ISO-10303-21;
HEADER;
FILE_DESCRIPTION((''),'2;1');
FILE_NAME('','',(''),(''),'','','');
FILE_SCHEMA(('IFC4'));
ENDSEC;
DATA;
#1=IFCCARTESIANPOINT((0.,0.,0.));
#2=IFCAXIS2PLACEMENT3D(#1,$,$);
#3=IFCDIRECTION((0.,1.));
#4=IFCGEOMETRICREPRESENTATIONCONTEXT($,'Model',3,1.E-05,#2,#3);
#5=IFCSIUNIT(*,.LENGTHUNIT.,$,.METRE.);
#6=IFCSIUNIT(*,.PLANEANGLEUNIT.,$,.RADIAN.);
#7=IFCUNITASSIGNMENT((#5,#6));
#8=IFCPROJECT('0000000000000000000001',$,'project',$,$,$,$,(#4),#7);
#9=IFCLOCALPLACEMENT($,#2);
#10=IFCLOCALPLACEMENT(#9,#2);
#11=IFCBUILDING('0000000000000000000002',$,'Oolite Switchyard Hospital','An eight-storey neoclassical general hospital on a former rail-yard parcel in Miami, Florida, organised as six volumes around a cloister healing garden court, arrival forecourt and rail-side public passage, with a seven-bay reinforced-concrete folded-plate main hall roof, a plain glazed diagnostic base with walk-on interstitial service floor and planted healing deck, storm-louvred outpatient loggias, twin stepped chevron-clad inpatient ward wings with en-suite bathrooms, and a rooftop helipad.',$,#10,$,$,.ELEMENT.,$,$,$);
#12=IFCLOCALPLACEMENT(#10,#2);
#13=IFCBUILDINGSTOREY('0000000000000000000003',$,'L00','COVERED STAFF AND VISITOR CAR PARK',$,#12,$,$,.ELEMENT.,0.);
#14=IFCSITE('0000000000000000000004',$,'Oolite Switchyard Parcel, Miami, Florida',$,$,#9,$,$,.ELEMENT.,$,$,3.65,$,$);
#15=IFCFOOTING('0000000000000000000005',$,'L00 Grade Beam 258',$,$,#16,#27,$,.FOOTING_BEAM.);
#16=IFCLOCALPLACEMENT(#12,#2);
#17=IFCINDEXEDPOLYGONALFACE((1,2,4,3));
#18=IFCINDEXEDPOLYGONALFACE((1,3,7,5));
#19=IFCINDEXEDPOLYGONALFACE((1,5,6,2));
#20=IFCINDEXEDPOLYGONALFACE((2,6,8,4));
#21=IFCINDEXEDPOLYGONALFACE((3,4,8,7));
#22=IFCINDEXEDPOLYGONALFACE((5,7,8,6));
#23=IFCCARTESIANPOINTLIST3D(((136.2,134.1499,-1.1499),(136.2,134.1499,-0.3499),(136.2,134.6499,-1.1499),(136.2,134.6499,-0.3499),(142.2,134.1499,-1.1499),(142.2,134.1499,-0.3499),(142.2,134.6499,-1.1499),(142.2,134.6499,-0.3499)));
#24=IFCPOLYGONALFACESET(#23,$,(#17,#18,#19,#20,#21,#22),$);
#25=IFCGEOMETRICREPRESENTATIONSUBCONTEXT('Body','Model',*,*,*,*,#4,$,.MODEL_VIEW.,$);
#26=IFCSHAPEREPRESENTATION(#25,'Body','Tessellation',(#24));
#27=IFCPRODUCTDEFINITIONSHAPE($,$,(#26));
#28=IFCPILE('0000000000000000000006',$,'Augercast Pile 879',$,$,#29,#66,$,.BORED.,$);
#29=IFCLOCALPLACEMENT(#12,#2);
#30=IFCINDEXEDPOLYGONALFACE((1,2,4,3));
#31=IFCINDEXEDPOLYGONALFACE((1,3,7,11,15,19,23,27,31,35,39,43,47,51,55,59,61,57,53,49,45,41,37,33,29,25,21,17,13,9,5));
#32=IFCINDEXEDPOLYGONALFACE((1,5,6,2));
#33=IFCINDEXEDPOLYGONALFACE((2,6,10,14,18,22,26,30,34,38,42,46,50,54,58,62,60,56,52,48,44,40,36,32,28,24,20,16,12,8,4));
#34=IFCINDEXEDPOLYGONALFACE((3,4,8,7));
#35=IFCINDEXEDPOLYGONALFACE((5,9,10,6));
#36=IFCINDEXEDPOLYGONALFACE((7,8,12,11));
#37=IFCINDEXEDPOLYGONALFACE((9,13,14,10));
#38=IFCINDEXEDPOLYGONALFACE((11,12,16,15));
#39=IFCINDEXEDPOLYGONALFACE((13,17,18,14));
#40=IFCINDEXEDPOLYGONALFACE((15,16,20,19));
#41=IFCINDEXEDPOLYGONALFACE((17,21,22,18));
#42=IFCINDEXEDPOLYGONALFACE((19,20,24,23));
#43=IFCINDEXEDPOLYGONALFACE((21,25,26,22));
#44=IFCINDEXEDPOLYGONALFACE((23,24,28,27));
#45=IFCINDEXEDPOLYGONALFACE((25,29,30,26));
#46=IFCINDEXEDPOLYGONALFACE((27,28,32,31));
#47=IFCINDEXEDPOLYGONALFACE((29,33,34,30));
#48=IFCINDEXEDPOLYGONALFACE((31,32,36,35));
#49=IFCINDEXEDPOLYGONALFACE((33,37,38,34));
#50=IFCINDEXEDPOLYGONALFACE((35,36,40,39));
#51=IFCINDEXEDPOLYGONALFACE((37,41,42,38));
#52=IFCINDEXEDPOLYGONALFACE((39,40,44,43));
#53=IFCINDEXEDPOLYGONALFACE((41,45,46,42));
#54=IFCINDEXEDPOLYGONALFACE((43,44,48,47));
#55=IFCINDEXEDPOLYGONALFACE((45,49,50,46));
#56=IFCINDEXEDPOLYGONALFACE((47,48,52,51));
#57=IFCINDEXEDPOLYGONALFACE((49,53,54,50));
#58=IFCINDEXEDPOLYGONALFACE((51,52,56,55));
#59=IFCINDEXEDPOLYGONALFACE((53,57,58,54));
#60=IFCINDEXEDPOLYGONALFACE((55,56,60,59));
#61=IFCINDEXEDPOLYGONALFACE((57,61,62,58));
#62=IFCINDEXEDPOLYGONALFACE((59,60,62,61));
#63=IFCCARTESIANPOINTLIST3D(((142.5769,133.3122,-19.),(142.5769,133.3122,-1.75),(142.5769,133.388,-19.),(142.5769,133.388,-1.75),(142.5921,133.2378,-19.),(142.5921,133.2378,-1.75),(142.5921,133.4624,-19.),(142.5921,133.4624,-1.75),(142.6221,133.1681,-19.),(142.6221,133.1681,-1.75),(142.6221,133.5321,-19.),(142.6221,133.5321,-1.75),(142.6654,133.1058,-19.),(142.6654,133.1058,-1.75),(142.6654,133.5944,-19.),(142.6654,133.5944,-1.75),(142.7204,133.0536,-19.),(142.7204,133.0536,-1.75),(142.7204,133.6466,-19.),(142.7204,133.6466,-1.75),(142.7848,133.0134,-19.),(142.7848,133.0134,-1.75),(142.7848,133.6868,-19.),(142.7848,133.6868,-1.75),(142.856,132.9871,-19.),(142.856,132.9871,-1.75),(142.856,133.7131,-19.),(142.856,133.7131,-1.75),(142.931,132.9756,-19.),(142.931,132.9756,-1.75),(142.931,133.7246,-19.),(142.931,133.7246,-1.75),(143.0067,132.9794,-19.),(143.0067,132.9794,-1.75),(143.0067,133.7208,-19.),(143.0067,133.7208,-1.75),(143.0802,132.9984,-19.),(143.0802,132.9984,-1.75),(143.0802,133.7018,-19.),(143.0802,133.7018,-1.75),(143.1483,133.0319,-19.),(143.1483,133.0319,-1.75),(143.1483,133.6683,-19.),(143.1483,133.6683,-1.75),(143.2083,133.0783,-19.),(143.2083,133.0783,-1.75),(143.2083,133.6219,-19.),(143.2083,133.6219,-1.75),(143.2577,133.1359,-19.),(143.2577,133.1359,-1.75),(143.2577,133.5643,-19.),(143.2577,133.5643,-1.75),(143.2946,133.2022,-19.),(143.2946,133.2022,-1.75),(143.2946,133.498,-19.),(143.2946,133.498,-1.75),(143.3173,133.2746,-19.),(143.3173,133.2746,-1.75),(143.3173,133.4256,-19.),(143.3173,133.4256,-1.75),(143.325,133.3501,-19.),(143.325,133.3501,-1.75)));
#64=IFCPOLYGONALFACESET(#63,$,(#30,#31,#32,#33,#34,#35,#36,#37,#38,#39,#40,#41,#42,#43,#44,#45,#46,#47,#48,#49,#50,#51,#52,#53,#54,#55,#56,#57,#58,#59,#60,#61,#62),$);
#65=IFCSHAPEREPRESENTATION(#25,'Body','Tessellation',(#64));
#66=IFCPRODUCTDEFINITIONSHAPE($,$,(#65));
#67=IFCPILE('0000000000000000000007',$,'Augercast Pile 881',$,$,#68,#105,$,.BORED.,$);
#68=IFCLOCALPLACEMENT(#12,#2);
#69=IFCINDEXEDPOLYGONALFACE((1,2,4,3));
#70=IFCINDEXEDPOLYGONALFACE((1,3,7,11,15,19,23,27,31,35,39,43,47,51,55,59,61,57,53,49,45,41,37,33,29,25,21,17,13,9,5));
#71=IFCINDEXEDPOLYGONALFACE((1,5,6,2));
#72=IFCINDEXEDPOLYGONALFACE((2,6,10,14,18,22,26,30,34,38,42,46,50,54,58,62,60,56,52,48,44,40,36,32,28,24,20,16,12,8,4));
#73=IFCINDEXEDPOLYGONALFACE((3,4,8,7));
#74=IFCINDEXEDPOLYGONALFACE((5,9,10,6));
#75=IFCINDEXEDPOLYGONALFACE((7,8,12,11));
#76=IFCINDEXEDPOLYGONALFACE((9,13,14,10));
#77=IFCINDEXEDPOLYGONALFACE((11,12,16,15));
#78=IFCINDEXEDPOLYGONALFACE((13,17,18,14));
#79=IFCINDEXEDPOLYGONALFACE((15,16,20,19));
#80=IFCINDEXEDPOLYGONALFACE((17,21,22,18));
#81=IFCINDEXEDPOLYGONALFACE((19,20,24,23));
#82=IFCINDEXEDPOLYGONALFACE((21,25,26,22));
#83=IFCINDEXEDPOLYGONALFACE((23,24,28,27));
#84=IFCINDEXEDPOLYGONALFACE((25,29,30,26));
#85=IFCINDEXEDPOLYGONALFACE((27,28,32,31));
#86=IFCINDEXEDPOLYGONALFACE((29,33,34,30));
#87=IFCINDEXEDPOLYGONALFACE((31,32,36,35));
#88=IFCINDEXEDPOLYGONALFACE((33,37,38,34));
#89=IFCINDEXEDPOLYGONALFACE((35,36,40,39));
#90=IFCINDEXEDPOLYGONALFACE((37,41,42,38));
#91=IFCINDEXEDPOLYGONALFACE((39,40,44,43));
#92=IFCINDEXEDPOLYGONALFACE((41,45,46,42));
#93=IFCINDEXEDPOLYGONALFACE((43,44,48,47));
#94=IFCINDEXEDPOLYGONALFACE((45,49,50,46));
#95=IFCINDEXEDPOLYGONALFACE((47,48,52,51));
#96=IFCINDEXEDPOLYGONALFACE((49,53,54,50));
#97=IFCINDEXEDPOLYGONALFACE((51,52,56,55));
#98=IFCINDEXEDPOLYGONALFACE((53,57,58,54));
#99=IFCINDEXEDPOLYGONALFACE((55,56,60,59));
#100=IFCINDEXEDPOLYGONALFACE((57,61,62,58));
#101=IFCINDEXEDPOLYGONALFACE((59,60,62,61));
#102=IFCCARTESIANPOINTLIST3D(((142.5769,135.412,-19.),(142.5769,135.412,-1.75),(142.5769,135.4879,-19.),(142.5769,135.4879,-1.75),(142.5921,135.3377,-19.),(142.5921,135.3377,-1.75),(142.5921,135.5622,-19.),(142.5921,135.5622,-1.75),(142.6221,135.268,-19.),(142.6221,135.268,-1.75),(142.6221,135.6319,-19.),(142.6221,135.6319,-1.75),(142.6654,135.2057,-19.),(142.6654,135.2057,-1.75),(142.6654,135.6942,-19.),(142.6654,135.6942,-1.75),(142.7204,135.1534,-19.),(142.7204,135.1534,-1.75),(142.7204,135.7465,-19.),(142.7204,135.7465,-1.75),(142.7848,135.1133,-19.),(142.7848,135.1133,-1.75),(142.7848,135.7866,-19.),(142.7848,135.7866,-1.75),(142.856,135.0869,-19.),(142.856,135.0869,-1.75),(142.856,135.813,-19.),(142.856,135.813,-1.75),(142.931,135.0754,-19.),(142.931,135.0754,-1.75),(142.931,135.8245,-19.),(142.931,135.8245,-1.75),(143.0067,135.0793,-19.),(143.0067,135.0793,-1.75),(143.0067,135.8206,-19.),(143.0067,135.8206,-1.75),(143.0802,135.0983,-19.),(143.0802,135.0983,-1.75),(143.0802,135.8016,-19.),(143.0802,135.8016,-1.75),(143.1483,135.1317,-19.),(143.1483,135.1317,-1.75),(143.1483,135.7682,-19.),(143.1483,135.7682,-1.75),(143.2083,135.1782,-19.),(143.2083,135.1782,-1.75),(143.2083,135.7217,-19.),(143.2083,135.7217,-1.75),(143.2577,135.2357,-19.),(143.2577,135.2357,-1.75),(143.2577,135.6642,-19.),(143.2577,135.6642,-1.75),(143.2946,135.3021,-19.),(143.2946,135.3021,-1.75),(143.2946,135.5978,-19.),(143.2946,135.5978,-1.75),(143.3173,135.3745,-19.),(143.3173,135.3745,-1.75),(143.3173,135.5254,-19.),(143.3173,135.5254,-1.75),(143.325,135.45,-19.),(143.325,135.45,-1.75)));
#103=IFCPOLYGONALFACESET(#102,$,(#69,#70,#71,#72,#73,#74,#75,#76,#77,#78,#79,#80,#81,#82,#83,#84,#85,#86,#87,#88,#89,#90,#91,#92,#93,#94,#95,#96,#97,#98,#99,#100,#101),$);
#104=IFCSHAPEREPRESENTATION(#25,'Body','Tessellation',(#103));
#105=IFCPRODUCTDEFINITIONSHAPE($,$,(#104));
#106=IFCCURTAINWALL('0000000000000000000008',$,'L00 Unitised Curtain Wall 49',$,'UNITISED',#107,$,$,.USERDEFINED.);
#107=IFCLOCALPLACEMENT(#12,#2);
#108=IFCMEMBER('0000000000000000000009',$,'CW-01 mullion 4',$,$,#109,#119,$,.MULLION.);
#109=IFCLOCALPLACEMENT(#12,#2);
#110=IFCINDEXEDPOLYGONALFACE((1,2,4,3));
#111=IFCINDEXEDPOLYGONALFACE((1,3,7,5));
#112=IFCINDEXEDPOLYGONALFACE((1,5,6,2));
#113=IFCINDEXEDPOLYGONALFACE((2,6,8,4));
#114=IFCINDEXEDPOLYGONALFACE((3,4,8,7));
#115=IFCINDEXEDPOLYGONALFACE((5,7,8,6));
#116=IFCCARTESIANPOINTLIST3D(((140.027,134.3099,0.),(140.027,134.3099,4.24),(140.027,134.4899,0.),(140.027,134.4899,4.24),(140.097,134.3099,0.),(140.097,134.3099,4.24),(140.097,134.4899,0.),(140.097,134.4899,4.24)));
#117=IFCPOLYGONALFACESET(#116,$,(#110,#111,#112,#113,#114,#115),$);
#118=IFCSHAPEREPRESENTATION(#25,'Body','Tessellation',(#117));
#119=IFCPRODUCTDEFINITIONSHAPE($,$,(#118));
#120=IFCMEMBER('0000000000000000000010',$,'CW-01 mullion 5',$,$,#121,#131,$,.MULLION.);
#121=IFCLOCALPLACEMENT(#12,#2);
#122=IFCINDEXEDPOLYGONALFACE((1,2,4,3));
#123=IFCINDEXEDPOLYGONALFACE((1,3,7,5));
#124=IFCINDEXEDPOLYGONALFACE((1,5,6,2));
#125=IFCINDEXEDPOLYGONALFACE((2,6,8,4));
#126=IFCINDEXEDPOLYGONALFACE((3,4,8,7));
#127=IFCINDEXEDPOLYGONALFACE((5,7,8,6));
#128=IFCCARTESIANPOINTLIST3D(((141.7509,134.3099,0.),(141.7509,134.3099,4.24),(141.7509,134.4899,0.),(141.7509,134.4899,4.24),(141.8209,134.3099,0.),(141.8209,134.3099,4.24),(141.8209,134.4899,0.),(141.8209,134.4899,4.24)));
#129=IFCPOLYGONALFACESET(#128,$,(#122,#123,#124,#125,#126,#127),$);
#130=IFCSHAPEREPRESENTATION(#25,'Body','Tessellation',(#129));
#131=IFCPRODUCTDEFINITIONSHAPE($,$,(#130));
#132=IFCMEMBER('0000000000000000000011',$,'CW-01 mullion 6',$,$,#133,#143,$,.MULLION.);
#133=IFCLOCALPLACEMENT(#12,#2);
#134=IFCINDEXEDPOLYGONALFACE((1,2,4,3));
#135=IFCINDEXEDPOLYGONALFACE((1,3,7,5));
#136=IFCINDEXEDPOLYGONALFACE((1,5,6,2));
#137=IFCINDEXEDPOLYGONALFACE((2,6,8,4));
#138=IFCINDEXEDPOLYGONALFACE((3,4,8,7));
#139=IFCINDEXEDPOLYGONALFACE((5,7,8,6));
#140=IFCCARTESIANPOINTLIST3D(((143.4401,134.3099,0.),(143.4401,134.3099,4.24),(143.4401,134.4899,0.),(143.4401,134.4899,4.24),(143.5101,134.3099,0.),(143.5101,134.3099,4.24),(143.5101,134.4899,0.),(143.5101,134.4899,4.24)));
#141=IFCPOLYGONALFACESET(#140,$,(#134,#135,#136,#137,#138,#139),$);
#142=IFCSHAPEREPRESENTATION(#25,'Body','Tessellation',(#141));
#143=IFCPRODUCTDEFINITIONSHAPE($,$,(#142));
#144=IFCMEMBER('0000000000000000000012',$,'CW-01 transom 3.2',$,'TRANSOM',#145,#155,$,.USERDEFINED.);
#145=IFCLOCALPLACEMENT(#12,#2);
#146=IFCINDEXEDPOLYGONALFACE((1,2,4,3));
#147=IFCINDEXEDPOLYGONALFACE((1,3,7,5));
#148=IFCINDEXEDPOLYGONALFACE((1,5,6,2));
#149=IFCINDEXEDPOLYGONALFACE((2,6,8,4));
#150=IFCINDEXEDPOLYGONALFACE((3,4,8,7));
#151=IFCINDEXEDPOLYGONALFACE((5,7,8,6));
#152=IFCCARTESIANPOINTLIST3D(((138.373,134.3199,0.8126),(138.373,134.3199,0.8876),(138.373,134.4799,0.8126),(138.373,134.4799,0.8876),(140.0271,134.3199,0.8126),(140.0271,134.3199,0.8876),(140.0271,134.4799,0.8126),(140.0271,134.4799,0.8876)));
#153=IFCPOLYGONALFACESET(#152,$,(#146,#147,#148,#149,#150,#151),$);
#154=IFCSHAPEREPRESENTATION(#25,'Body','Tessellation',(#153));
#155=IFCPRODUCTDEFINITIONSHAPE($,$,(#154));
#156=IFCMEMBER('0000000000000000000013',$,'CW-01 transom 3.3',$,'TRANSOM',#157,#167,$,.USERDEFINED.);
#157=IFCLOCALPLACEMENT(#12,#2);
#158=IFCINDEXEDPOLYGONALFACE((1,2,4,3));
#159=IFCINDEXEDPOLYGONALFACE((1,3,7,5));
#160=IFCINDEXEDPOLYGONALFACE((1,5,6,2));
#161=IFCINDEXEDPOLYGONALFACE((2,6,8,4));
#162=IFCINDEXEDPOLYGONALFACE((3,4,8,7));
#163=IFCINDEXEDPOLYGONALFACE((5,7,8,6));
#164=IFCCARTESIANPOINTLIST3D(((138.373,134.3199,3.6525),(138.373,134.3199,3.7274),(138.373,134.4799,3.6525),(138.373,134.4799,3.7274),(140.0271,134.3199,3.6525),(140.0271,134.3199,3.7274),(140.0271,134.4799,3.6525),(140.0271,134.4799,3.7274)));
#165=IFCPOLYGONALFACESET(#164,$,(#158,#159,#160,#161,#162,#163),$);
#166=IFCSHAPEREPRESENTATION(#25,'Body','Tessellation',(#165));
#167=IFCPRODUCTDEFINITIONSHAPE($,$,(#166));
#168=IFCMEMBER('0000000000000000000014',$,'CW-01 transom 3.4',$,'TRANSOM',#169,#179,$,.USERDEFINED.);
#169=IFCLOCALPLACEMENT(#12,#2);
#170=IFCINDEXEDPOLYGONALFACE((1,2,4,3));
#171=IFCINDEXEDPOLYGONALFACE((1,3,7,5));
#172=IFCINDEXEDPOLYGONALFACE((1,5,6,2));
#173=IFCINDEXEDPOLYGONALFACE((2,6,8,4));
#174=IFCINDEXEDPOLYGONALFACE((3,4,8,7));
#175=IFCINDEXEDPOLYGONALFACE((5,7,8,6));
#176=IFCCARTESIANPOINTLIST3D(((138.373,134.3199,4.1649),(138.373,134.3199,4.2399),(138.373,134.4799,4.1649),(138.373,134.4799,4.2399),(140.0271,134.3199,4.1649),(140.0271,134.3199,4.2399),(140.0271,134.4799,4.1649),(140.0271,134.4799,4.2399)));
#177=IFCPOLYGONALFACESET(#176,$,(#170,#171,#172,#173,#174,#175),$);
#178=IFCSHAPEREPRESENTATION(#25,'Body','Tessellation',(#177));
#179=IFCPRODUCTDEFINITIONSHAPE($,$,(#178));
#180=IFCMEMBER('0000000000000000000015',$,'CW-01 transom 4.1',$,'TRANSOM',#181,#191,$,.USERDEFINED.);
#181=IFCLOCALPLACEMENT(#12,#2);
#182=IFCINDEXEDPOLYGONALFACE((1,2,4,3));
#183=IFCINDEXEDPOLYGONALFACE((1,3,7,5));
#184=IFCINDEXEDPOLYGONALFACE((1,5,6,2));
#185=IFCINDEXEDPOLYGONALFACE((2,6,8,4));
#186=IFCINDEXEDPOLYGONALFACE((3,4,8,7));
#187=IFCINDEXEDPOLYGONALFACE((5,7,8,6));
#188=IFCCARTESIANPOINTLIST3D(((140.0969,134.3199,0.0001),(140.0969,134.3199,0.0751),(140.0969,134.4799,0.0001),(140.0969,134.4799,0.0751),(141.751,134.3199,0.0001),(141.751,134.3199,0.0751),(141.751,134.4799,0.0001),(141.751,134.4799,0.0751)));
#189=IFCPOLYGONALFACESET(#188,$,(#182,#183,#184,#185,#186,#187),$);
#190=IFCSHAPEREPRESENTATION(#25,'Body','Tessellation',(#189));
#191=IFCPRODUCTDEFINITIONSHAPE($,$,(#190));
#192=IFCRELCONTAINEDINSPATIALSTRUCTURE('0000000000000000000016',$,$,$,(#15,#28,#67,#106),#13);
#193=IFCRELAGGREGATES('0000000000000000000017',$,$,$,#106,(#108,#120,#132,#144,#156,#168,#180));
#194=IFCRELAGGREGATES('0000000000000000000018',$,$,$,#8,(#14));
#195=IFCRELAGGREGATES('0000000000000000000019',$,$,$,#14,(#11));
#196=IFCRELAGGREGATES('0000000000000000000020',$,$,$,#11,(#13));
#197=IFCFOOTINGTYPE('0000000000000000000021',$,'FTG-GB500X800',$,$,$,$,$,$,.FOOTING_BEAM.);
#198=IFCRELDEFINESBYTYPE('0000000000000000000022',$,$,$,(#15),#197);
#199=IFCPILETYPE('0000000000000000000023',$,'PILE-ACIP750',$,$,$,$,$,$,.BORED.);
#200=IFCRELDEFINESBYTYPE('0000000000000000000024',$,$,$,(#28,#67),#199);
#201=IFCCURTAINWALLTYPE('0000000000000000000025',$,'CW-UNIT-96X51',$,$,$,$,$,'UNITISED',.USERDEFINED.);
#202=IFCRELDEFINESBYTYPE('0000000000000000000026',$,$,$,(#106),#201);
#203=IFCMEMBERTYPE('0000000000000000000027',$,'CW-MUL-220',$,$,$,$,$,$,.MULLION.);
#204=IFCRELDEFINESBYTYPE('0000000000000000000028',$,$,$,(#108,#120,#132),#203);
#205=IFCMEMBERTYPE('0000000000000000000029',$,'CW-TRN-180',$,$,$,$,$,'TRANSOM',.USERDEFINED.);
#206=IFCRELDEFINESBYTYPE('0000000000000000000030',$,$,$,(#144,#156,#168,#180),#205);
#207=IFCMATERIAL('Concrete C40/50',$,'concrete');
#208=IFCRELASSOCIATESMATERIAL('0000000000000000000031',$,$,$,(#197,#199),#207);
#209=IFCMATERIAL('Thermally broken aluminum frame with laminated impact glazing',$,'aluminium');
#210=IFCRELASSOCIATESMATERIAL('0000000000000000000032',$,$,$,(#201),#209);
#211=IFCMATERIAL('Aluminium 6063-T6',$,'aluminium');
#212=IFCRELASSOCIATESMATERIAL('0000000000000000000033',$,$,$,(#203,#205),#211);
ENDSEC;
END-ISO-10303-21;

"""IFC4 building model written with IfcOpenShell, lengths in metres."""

from ifc_helpers import new_model, si_unit, direction, frame, origin, origin_2d, place, context, subcontext, project, spatial, rectangle, circle, extrude, material, material_profile, profile_set, type_object, element, aggregate, save


model = new_model("IFC4")

# Units and contexts
model_context = context("Model", 3, precision=1e-05, world=origin(), true_north=direction((0.0, 1.0)))
body_context = subcontext(model_context, "Body", "Model", "MODEL_VIEW")
ifc_project = project(units=[si_unit("LENGTHUNIT", "METRE"), si_unit("PLANEANGLEUNIT", "RADIAN")], contexts=[model_context])

# Site, building, storey
site_placement = place(None, origin())
site = spatial("IfcSite", under=ifc_project, at=site_placement, Name="Oolite Switchyard Parcel, Miami, Florida", CompositionType="ELEMENT", RefElevation=3.65)
building_placement = place(site_placement, origin())
building = spatial("IfcBuilding", under=site, at=building_placement, Name="Oolite Switchyard Hospital", Description="An eight-storey neoclassical general hospital on a former rail-yard parcel in Miami, Florida, organised as six volumes around a cloister healing garden court, arrival forecourt and rail-side public passage, with a seven-bay reinforced-concrete folded-plate main hall roof, a plain glazed diagnostic base with walk-on interstitial service floor and planted healing deck, storm-louvred outpatient loggias, twin stepped chevron-clad inpatient ward wings with en-suite bathrooms, and a rooftop helipad.", CompositionType="ELEMENT")
storey_placement = place(building_placement, origin())
storey = spatial("IfcBuildingStorey", under=building, at=storey_placement, Name="L00", Description="COVERED STAFF AND VISITOR CAR PARK", CompositionType="ELEMENT", Elevation=0.0)

# Footing
ifc_material_1 = material(Name="Concrete C40/50", Category="concrete")
footing_type = type_object("IfcFootingType", Name="FTG-GB500X800", PredefinedType="FOOTING_BEAM", material=ifc_material_1)
footing_placement = place(storey_placement, frame((139.2, 134.3999, -1.1499), z_axis=(0.0, 0.0, 1.0), x_axis=(1.0, 0.0, 0.0)))
element("IfcFooting", 1, at=footing_placement, inside=storey, type_object=footing_type, Name="L00 Grade Beam 258", PredefinedType="FOOTING_BEAM", context=body_context, shape_type="SweptSolid", body=[
    extrude(rectangle(XDim=6.0, YDim=0.5, at=origin_2d()), origin(), (0.0, 0.0, 1.0), 0.8),
])

# Piles
ifc_material_profile_1 = material_profile(ifc_material_1, circle(Radius=0.375, at=origin_2d()), Name="PILE750")
ifc_profile_set_1 = profile_set([ifc_material_profile_1], Name="Concrete C40/50")
pile_type = type_object("IfcPileType", Name="PILE-ACIP750", PredefinedType="BORED", material=ifc_profile_set_1)
for number, where, z_axis, x_axis, name in (
    (2, (142.95, 133.3501, -1.75), (0.0, 0.0, -1.0), (1.0, 0.0, 0.0), "Augercast Pile 879"),
    (3, (142.95, 135.45, -1.75), (0.0, 0.0, -1.0), (1.0, 0.0, 0.0), "Augercast Pile 881"),
):
    element("IfcPile", number, at=place(storey_placement, frame(where, z_axis=z_axis, x_axis=x_axis)), inside=storey, type_object=pile_type, Name=name, PredefinedType="BORED", context=body_context, shape_type="SweptSolid", body=[
        extrude(circle(Radius=0.375, at=origin_2d()), origin(), (0.0, 0.0, 1.0), 17.25),
    ])

# Curtain wall, members
ifc_material_2 = material(Name="Thermally broken aluminum frame with laminated impact glazing", Category="aluminium")
curtain_wall_type = type_object("IfcCurtainWallType", Name="CW-UNIT-96X51", ElementType="UNITISED", PredefinedType="USERDEFINED", material=ifc_material_2)
curtain_wall_placement = place(storey_placement, origin())
curtain_wall = element("IfcCurtainWall", 4, at=curtain_wall_placement, inside=storey, type_object=curtain_wall_type, Name="L00 Unitised Curtain Wall 49", ObjectType="UNITISED", PredefinedType="USERDEFINED")
ifc_material_3 = material(Name="Aluminium 6063-T6", Category="aluminium")
ifc_material_profile_2 = material_profile(ifc_material_3, rectangle(XDim=0.1799, YDim=0.0701, at=origin_2d()), Name="CWM70X180")
ifc_profile_set_2 = profile_set([ifc_material_profile_2], Name="Aluminium 6063-T6")
member_type_1 = type_object("IfcMemberType", Name="CW-MUL-220", PredefinedType="MULLION", material=ifc_profile_set_2)
member_1_placement = place(storey_placement, frame((140.062, 134.3999, 0.0), z_axis=(0.0, 0.0, 1.0), x_axis=(0.0, 1.0, 0.0)))
member_1 = element("IfcMember", 5, at=member_1_placement, type_object=member_type_1, Name="CW-01 mullion 4", PredefinedType="MULLION", context=body_context, shape_type="SweptSolid", body=[
    extrude(rectangle(XDim=0.1799, YDim=0.0701, at=origin_2d()), origin(), (0.0, 0.0, 1.0), 4.24),
])
member_2_placement = place(storey_placement, frame((141.7859, 134.3999, 0.0), z_axis=(0.0, 0.0, 1.0), x_axis=(0.0, 1.0, 0.0)))
member_2 = element("IfcMember", 6, at=member_2_placement, type_object=member_type_1, Name="CW-01 mullion 5", PredefinedType="MULLION", context=body_context, shape_type="SweptSolid", body=[
    extrude(rectangle(XDim=0.1799, YDim=0.0701, at=origin_2d()), origin(), (0.0, 0.0, 1.0), 4.24),
])
member_3_placement = place(storey_placement, frame((143.4751, 134.3999, 0.0), z_axis=(0.0, 0.0, 1.0), x_axis=(0.0, 1.0, 0.0)))
member_3 = element("IfcMember", 7, at=member_3_placement, type_object=member_type_1, Name="CW-01 mullion 6", PredefinedType="MULLION", context=body_context, shape_type="SweptSolid", body=[
    extrude(rectangle(XDim=0.1799, YDim=0.0701, at=origin_2d()), origin(), (0.0, 0.0, 1.0), 4.24),
])
ifc_material_profile_3 = material_profile(ifc_material_3, rectangle(XDim=0.1599, YDim=0.075, at=origin_2d()), Name="CWT75X160")
ifc_profile_set_3 = profile_set([ifc_material_profile_3], Name="Aluminium 6063-T6")
member_type_2 = type_object("IfcMemberType", Name="CW-TRN-180", ElementType="TRANSOM", PredefinedType="USERDEFINED", material=ifc_profile_set_3)
member_4_placement = place(storey_placement, frame((138.373, 134.3999, 0.8501), z_axis=(1.0, 0.0, 0.0), x_axis=(0.0, 1.0, 0.0)))
member_4 = element("IfcMember", 8, at=member_4_placement, type_object=member_type_2, Name="CW-01 transom 3.2", ObjectType="TRANSOM", PredefinedType="USERDEFINED", context=body_context, shape_type="SweptSolid", body=[
    extrude(rectangle(XDim=0.1599, YDim=0.075, at=origin_2d()), origin(), (0.0, 0.0, 1.0), 1.6541),
])
member_5_placement = place(storey_placement, frame((138.373, 134.3999, 3.6899), z_axis=(1.0, 0.0, 0.0), x_axis=(0.0, 1.0, 0.0)))
member_5 = element("IfcMember", 9, at=member_5_placement, type_object=member_type_2, Name="CW-01 transom 3.3", ObjectType="TRANSOM", PredefinedType="USERDEFINED", context=body_context, shape_type="SweptSolid", body=[
    extrude(rectangle(XDim=0.1599, YDim=0.075, at=origin_2d()), origin(), (0.0, 0.0, 1.0), 1.6541),
])
member_6_placement = place(storey_placement, frame((138.373, 134.3999, 4.2024), z_axis=(1.0, 0.0, 0.0), x_axis=(0.0, 1.0, 0.0)))
member_6 = element("IfcMember", 10, at=member_6_placement, type_object=member_type_2, Name="CW-01 transom 3.4", ObjectType="TRANSOM", PredefinedType="USERDEFINED", context=body_context, shape_type="SweptSolid", body=[
    extrude(rectangle(XDim=0.1599, YDim=0.075, at=origin_2d()), origin(), (0.0, 0.0, 1.0), 1.6541),
])
member_7_placement = place(storey_placement, frame((140.0969, 134.3999, 0.0376), z_axis=(1.0, 0.0, 0.0), x_axis=(0.0, 1.0, 0.0)))
member_7 = element("IfcMember", 11, at=member_7_placement, type_object=member_type_2, Name="CW-01 transom 4.1", ObjectType="TRANSOM", PredefinedType="USERDEFINED", context=body_context, shape_type="SweptSolid", body=[
    extrude(rectangle(XDim=0.1599, YDim=0.075, at=origin_2d()), origin(), (0.0, 0.0, 1.0), 1.6541),
])
aggregate(curtain_wall, [member_1, member_2, member_3, member_4, member_5, member_6, member_7])

save(model, "model.ifc")
